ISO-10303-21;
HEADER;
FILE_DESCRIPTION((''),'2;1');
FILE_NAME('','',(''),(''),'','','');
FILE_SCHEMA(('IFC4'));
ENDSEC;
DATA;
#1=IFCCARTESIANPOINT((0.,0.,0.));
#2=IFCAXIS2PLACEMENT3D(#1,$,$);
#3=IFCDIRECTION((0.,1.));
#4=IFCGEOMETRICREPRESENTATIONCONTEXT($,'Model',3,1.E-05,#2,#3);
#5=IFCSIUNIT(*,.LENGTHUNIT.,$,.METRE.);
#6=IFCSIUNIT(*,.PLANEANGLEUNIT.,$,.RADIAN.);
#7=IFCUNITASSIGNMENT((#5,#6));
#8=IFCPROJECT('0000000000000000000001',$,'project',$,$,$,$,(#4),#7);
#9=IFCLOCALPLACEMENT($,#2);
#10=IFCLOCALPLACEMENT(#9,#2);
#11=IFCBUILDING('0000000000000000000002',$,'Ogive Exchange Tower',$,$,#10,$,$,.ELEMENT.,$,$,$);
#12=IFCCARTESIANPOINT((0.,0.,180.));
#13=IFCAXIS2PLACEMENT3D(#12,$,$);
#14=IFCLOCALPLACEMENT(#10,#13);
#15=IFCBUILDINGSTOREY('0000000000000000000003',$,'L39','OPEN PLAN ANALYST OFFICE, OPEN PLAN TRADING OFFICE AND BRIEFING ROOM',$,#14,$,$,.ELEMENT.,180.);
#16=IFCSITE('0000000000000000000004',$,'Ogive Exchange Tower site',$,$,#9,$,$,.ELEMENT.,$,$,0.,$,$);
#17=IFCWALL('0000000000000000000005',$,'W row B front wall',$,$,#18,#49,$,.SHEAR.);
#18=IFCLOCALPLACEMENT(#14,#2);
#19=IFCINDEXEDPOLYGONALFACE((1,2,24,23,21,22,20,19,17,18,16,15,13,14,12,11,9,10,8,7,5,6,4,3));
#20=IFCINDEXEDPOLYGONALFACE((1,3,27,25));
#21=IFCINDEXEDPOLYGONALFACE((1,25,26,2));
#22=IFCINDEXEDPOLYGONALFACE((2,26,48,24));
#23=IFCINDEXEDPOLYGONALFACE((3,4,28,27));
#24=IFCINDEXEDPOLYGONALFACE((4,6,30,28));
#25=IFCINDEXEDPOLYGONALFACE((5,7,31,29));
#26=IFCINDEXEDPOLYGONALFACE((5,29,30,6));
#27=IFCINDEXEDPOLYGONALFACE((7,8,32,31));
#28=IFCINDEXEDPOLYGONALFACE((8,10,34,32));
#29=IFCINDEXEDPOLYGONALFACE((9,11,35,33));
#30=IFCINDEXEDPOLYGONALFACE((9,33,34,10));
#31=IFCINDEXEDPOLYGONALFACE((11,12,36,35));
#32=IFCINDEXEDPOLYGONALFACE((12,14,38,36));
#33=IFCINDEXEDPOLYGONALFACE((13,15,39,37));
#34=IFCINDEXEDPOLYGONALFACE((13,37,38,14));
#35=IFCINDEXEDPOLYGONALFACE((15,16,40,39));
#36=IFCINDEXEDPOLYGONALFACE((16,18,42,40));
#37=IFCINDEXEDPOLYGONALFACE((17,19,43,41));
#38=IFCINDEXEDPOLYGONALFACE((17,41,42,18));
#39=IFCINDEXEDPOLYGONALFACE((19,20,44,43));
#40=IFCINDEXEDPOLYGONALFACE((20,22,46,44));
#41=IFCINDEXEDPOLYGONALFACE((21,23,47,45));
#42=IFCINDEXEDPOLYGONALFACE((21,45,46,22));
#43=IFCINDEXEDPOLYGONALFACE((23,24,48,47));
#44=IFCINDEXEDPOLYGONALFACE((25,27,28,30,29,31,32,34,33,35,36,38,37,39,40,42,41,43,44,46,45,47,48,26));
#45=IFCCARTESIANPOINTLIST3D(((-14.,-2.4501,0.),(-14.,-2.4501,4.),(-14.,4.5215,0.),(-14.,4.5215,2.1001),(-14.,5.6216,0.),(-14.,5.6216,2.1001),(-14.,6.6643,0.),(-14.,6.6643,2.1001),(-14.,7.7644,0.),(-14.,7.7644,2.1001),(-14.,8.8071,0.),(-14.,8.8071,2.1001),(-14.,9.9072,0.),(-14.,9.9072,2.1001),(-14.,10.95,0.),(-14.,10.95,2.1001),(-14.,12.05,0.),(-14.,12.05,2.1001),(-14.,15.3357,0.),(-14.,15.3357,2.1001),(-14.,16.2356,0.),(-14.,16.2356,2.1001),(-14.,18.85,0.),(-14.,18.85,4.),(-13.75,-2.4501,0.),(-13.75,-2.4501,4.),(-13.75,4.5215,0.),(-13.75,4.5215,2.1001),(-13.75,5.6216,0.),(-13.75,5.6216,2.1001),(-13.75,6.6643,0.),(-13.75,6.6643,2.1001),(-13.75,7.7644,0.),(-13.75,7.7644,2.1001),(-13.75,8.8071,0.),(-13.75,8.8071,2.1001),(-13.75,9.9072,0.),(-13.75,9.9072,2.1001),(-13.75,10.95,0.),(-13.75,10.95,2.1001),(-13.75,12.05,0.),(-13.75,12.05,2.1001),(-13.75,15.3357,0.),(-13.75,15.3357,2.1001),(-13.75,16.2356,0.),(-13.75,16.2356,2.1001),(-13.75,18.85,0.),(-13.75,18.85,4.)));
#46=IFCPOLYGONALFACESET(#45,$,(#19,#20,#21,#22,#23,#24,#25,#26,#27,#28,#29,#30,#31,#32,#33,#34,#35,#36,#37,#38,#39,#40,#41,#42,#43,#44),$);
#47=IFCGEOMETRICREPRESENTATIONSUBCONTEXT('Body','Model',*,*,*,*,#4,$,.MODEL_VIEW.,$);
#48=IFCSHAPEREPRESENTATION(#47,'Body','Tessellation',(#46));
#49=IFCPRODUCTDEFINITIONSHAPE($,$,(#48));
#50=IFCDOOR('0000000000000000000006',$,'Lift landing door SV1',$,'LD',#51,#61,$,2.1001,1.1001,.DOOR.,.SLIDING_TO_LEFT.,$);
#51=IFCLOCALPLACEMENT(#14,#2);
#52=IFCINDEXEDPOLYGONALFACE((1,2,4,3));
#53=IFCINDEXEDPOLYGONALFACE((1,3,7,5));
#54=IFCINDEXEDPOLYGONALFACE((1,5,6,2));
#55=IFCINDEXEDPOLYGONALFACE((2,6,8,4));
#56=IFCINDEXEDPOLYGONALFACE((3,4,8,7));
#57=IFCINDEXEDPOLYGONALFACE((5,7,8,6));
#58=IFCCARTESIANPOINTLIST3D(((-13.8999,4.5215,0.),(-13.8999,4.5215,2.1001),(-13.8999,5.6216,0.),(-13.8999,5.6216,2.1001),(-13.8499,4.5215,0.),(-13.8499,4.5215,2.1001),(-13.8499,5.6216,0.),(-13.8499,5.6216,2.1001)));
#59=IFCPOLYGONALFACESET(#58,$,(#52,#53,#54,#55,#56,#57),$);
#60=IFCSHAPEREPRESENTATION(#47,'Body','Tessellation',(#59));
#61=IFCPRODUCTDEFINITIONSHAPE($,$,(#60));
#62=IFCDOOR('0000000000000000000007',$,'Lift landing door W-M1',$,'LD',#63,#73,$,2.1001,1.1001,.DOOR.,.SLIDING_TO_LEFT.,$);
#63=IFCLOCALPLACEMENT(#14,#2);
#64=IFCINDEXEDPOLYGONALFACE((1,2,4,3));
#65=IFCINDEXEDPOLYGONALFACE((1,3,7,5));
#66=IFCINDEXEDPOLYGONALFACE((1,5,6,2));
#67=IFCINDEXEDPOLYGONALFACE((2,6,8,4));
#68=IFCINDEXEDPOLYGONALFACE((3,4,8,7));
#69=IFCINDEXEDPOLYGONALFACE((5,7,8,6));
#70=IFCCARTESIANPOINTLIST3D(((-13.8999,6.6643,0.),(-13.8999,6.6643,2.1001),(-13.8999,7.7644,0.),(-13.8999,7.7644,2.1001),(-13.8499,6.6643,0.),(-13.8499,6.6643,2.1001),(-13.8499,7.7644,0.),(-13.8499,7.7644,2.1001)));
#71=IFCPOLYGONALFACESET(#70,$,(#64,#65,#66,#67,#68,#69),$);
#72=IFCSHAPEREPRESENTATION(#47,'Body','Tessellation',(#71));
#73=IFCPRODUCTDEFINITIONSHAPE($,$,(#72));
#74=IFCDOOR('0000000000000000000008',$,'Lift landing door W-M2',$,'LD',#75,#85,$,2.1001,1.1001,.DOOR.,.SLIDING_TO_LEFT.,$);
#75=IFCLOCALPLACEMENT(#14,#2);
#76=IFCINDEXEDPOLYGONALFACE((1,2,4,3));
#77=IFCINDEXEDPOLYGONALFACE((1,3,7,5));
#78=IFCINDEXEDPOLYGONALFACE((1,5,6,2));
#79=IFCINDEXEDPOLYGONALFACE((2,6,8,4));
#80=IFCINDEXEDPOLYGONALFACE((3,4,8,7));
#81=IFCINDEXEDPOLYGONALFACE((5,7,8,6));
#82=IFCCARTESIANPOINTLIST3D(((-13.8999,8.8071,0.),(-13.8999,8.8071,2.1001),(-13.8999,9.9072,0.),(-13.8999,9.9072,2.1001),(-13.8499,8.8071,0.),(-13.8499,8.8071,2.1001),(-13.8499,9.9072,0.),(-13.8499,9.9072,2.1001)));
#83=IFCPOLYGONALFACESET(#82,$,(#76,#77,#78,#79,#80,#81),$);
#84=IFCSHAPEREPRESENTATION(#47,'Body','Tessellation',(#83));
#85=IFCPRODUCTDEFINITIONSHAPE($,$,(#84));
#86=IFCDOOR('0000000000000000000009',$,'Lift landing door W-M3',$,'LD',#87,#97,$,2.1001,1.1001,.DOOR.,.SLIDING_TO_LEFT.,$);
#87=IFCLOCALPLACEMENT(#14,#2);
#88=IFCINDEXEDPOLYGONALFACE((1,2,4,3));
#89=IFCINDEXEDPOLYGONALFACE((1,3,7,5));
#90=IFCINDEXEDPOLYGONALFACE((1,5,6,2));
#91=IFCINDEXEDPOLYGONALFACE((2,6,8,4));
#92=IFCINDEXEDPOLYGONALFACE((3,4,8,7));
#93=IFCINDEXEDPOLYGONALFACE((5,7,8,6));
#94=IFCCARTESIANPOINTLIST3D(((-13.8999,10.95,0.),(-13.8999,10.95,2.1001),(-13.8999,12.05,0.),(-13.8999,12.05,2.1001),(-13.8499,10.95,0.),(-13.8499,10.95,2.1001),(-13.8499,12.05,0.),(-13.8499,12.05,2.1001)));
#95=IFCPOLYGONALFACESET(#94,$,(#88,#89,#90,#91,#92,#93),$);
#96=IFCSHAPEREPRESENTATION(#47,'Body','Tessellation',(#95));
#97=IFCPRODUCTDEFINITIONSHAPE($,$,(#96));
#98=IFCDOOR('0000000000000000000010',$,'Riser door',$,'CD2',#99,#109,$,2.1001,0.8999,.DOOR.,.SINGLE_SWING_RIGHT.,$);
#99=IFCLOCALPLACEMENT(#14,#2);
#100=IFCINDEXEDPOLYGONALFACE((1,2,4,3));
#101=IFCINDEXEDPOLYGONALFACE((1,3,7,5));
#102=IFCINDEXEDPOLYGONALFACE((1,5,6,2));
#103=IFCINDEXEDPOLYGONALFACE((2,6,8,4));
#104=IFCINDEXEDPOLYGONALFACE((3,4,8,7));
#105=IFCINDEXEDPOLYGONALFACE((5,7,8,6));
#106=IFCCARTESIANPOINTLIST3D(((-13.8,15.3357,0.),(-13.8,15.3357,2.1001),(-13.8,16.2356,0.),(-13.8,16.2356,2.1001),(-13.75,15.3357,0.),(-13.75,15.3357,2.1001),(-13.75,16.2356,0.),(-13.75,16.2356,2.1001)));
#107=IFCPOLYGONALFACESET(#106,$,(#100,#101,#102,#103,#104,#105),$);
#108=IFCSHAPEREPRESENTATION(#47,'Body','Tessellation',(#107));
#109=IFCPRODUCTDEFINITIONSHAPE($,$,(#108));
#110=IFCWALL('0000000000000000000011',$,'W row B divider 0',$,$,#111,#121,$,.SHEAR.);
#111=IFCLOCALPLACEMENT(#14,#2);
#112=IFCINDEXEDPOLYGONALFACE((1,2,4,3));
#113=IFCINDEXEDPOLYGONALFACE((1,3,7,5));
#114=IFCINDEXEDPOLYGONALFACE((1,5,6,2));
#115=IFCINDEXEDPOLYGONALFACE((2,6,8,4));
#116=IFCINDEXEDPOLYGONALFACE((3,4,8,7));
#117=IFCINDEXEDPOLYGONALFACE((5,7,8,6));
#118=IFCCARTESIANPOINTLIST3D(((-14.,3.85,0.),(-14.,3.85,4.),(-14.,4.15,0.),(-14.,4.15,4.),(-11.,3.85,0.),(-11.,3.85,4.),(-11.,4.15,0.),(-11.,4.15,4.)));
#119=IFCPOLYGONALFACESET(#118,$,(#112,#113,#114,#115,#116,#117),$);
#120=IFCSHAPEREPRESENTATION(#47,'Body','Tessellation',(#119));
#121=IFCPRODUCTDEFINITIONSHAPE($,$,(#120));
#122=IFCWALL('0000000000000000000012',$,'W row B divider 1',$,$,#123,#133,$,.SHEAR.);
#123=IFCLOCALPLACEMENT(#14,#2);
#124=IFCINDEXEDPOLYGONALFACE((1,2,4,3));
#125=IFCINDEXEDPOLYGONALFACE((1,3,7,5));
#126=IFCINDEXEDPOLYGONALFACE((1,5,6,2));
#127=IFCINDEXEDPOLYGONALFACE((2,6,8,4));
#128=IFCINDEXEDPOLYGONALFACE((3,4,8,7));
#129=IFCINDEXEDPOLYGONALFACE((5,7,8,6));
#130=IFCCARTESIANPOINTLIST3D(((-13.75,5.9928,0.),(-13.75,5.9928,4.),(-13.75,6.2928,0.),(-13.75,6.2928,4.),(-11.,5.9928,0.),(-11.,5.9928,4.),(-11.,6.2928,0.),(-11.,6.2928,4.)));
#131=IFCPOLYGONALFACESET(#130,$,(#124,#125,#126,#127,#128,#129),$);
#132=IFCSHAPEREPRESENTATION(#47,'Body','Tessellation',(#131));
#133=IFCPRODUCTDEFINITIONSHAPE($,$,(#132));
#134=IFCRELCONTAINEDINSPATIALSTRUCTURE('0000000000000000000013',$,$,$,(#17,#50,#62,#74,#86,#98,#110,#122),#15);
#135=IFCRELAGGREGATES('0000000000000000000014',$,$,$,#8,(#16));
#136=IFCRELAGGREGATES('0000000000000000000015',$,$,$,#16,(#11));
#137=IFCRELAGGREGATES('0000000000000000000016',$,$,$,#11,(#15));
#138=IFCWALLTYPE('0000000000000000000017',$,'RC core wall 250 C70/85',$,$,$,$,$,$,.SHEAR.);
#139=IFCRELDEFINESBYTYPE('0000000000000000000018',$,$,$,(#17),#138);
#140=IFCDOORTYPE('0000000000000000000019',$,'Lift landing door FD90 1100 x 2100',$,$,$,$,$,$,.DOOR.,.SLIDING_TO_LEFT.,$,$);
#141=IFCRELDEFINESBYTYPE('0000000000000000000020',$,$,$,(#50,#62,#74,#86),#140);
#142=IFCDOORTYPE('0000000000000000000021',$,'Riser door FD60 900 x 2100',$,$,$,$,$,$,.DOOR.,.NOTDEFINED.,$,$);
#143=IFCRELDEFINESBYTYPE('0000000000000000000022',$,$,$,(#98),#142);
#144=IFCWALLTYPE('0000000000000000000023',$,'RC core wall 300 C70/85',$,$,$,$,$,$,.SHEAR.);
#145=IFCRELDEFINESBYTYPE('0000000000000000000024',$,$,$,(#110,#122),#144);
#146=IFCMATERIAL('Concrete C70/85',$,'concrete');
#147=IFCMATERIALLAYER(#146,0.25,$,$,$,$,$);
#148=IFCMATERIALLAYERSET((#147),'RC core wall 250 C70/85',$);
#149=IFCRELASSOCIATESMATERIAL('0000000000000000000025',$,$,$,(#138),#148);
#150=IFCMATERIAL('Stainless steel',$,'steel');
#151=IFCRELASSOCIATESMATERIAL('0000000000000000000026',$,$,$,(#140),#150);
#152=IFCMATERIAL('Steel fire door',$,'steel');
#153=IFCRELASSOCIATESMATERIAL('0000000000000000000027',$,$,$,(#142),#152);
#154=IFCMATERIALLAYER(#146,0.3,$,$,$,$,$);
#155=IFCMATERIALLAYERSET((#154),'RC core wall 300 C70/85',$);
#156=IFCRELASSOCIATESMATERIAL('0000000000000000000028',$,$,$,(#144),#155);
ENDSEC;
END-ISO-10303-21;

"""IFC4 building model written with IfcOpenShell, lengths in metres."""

from ifc_helpers import new_model, si_unit, direction, frame, frame_2d, origin, place, context, subcontext, project, spatial, rectangle, extrude, material, layer, layer_set, type_object, element, fill, save


model = new_model("IFC4")

# Units and contexts
model_context = context("Model", 3, precision=1e-05, world=origin(), true_north=direction((0.0, 1.0)))
body_context = subcontext(model_context, "Body", "Model", "MODEL_VIEW")
ifc_project = project(units=[si_unit("LENGTHUNIT", "METRE"), si_unit("PLANEANGLEUNIT", "RADIAN")], contexts=[model_context])

# Site, building, storey
site_placement = place(None, origin())
site = spatial("IfcSite", under=ifc_project, at=site_placement, Name="Ogive Exchange Tower site", CompositionType="ELEMENT", RefElevation=0.0)
building_placement = place(site_placement, origin())
building = spatial("IfcBuilding", under=site, at=building_placement, Name="Ogive Exchange Tower", CompositionType="ELEMENT")
storey_placement = place(building_placement, frame((0.0, 0.0, 180.0)))
storey = spatial("IfcBuildingStorey", under=building, at=storey_placement, Name="L39", Description="OPEN PLAN ANALYST OFFICE, OPEN PLAN TRADING OFFICE AND BRIEFING ROOM", CompositionType="ELEMENT", Elevation=180.0)

# Shared definitions
ifc_material_1 = material(Name="Concrete C70/85", Category="concrete")
ifc_material_2 = material(Name="Steel fire door", Category="steel")
ifc_layer_1 = layer(ifc_material_1, 0.25)
ifc_layer_set_1 = layer_set([ifc_layer_1], Name="RC core wall 250 C70/85")
wall_type_1 = type_object("IfcWallType", Name="RC core wall 250 C70/85", PredefinedType="SHEAR", material=ifc_layer_set_1)

# Wall, openings, doors
wall_1_placement = place(storey_placement, frame((-13.875, -2.45, 0.0), z_axis=(0.0, 0.0, 1.0), x_axis=(0.0, 1.0, 0.0)))
wall_1 = element("IfcWall", 1, at=wall_1_placement, inside=storey, type_object=wall_type_1, Name="W row B front wall", PredefinedType="SHEAR", context=body_context, shape_type="SweptSolid", body=[
    extrude(rectangle(XDim=21.3, YDim=0.25, at=frame_2d((10.6499, 0.0))), origin(), (0.0, 0.0, 1.0), 4.0),
])
opening_1_placement = place(wall_1_placement, frame((17.7856, 0.0, 0.0)))
opening_1 = element("IfcOpeningElement", 2, at=opening_1_placement, cuts=wall_1, PredefinedType="OPENING", context=body_context, shape_type="SweptSolid", body=[
    extrude(rectangle(XDim=0.8999, YDim=2.1001, at=frame_2d((0.45, 1.05))), frame((0.0, 0.135, 0.0), z_axis=(0.0, -1.0, 0.0), x_axis=(1.0, 0.0, 0.0)), (0.0, 0.0, 1.0), 0.27),
])
opening_2_placement = place(wall_1_placement, frame((6.9714, 0.0, 0.0)))
opening_2 = element("IfcOpeningElement", 3, at=opening_2_placement, cuts=wall_1, PredefinedType="OPENING", context=body_context, shape_type="SweptSolid", body=[
    extrude(rectangle(XDim=1.1001, YDim=2.1001, at=frame_2d((0.55, 1.05))), frame((0.0, 0.135, 0.0), z_axis=(0.0, -1.0, 0.0), x_axis=(1.0, 0.0, 0.0)), (0.0, 0.0, 1.0), 0.27),
])
opening_3_placement = place(wall_1_placement, frame((9.1143, 0.0, 0.0)))
opening_3 = element("IfcOpeningElement", 4, at=opening_3_placement, cuts=wall_1, PredefinedType="OPENING", context=body_context, shape_type="SweptSolid", body=[
    extrude(rectangle(XDim=1.1001, YDim=2.1001, at=frame_2d((0.55, 1.05))), frame((0.0, 0.135, 0.0), z_axis=(0.0, -1.0, 0.0), x_axis=(1.0, 0.0, 0.0)), (0.0, 0.0, 1.0), 0.27),
])
opening_4_placement = place(wall_1_placement, frame((11.2571, 0.0, 0.0)))
opening_4 = element("IfcOpeningElement", 5, at=opening_4_placement, cuts=wall_1, PredefinedType="OPENING", context=body_context, shape_type="SweptSolid", body=[
    extrude(rectangle(XDim=1.1001, YDim=2.1001, at=frame_2d((0.55, 1.05))), frame((0.0, 0.135, 0.0), z_axis=(0.0, -1.0, 0.0), x_axis=(1.0, 0.0, 0.0)), (0.0, 0.0, 1.0), 0.27),
])
opening_5_placement = place(wall_1_placement, frame((13.3999, 0.0, 0.0)))
opening_5 = element("IfcOpeningElement", 6, at=opening_5_placement, cuts=wall_1, PredefinedType="OPENING", context=body_context, shape_type="SweptSolid", body=[
    extrude(rectangle(XDim=1.1001, YDim=2.1001, at=frame_2d((0.55, 1.05))), frame((0.0, 0.135, 0.0), z_axis=(0.0, -1.0, 0.0), x_axis=(1.0, 0.0, 0.0)), (0.0, 0.0, 1.0), 0.27),
])
ifc_material_3 = material(Name="Stainless steel", Category="steel")
door_type_1 = type_object("IfcDoorType", Name="Lift landing door FD90 1100 x 2100", OperationType="SLIDING_TO_LEFT", PredefinedType="DOOR", material=ifc_material_3)
door_1_placement = place(opening_2_placement, origin())
door_1 = element("IfcDoor", 7, at=door_1_placement, inside=storey, type_object=door_type_1, Name="Lift landing door SV1", ObjectType="LD", OperationType="SLIDING_TO_LEFT", OverallHeight=2.1001, OverallWidth=1.1001, PredefinedType="DOOR", context=body_context, shape_type="SweptSolid", body=[
    extrude(rectangle(XDim=1.1001, YDim=2.1001, at=frame_2d((0.55, 1.05))), frame((0.0, 0.0249, 0.0), z_axis=(0.0, -1.0, 0.0), x_axis=(1.0, 0.0, 0.0)), (0.0, 0.0, 1.0), 0.05),
])
fill(opening_2, door_1)
door_2_placement = place(opening_3_placement, origin())
door_2 = element("IfcDoor", 8, at=door_2_placement, inside=storey, type_object=door_type_1, Name="Lift landing door W-M1", ObjectType="LD", OperationType="SLIDING_TO_LEFT", OverallHeight=2.1001, OverallWidth=1.1001, PredefinedType="DOOR", context=body_context, shape_type="SweptSolid", body=[
    extrude(rectangle(XDim=1.1001, YDim=2.1001, at=frame_2d((0.55, 1.05))), frame((0.0, 0.0249, 0.0), z_axis=(0.0, -1.0, 0.0), x_axis=(1.0, 0.0, 0.0)), (0.0, 0.0, 1.0), 0.05),
])
fill(opening_3, door_2)
door_3_placement = place(opening_4_placement, origin())
door_3 = element("IfcDoor", 9, at=door_3_placement, inside=storey, type_object=door_type_1, Name="Lift landing door W-M2", ObjectType="LD", OperationType="SLIDING_TO_LEFT", OverallHeight=2.1001, OverallWidth=1.1001, PredefinedType="DOOR", context=body_context, shape_type="SweptSolid", body=[
    extrude(rectangle(XDim=1.1001, YDim=2.1001, at=frame_2d((0.55, 1.05))), frame((0.0, 0.0249, 0.0), z_axis=(0.0, -1.0, 0.0), x_axis=(1.0, 0.0, 0.0)), (0.0, 0.0, 1.0), 0.05),
])
fill(opening_4, door_3)
door_4_placement = place(opening_5_placement, origin())
door_4 = element("IfcDoor", 10, at=door_4_placement, inside=storey, type_object=door_type_1, Name="Lift landing door W-M3", ObjectType="LD", OperationType="SLIDING_TO_LEFT", OverallHeight=2.1001, OverallWidth=1.1001, PredefinedType="DOOR", context=body_context, shape_type="SweptSolid", body=[
    extrude(rectangle(XDim=1.1001, YDim=2.1001, at=frame_2d((0.55, 1.05))), frame((0.0, 0.0249, 0.0), z_axis=(0.0, -1.0, 0.0), x_axis=(1.0, 0.0, 0.0)), (0.0, 0.0, 1.0), 0.05),
])
fill(opening_5, door_4)
door_type_2 = type_object("IfcDoorType", Name="Riser door FD60 900 x 2100", OperationType="NOTDEFINED", PredefinedType="DOOR", material=ifc_material_2)
door_5_placement = place(opening_1_placement, frame((0.8999, -0.2002, 0.0), z_axis=(0.0, 0.0, 1.0), x_axis=(-1.0, 0.0, 0.0)))
door_5 = element("IfcDoor", 11, at=door_5_placement, inside=storey, type_object=door_type_2, Name="Riser door", ObjectType="CD2", OperationType="SINGLE_SWING_RIGHT", OverallHeight=2.1001, OverallWidth=0.8999, PredefinedType="DOOR", context=body_context, shape_type="SweptSolid", body=[
    extrude(rectangle(XDim=0.8999, YDim=2.1001, at=frame_2d((0.45, 1.05))), frame((0.0, -0.0752, 0.0), z_axis=(0.0, -1.0, 0.0), x_axis=(1.0, 0.0, 0.0)), (0.0, 0.0, 1.0), 0.05),
])
fill(opening_1, door_5)

# Walls
ifc_layer_2 = layer(ifc_material_1, 0.3)
ifc_layer_set_2 = layer_set([ifc_layer_2], Name="RC core wall 300 C70/85")
wall_type_2 = type_object("IfcWallType", Name="RC core wall 300 C70/85", PredefinedType="SHEAR", material=ifc_layer_set_2)
wall_2_placement = place(storey_placement, frame((-14.0, 4.0, 0.0), z_axis=(0.0, 0.0, 1.0), x_axis=(1.0, 0.0, 0.0)))
element("IfcWall", 12, at=wall_2_placement, inside=storey, type_object=wall_type_2, Name="W row B divider 0", PredefinedType="SHEAR", context=body_context, shape_type="SweptSolid", body=[
    extrude(rectangle(XDim=3.0, YDim=0.3, at=frame_2d((1.5, 0.0))), origin(), (0.0, 0.0, 1.0), 4.0),
])
wall_3_placement = place(storey_placement, frame((-13.75, 6.1428, 0.0), z_axis=(0.0, 0.0, 1.0), x_axis=(1.0, 0.0, 0.0)))
element("IfcWall", 13, at=wall_3_placement, inside=storey, type_object=wall_type_2, Name="W row B divider 1", PredefinedType="SHEAR", context=body_context, shape_type="SweptSolid", body=[
    extrude(rectangle(XDim=2.75, YDim=0.3, at=frame_2d((1.375, 0.0))), origin(), (0.0, 0.0, 1.0), 4.0),
])

save(model, "model.ifc")
